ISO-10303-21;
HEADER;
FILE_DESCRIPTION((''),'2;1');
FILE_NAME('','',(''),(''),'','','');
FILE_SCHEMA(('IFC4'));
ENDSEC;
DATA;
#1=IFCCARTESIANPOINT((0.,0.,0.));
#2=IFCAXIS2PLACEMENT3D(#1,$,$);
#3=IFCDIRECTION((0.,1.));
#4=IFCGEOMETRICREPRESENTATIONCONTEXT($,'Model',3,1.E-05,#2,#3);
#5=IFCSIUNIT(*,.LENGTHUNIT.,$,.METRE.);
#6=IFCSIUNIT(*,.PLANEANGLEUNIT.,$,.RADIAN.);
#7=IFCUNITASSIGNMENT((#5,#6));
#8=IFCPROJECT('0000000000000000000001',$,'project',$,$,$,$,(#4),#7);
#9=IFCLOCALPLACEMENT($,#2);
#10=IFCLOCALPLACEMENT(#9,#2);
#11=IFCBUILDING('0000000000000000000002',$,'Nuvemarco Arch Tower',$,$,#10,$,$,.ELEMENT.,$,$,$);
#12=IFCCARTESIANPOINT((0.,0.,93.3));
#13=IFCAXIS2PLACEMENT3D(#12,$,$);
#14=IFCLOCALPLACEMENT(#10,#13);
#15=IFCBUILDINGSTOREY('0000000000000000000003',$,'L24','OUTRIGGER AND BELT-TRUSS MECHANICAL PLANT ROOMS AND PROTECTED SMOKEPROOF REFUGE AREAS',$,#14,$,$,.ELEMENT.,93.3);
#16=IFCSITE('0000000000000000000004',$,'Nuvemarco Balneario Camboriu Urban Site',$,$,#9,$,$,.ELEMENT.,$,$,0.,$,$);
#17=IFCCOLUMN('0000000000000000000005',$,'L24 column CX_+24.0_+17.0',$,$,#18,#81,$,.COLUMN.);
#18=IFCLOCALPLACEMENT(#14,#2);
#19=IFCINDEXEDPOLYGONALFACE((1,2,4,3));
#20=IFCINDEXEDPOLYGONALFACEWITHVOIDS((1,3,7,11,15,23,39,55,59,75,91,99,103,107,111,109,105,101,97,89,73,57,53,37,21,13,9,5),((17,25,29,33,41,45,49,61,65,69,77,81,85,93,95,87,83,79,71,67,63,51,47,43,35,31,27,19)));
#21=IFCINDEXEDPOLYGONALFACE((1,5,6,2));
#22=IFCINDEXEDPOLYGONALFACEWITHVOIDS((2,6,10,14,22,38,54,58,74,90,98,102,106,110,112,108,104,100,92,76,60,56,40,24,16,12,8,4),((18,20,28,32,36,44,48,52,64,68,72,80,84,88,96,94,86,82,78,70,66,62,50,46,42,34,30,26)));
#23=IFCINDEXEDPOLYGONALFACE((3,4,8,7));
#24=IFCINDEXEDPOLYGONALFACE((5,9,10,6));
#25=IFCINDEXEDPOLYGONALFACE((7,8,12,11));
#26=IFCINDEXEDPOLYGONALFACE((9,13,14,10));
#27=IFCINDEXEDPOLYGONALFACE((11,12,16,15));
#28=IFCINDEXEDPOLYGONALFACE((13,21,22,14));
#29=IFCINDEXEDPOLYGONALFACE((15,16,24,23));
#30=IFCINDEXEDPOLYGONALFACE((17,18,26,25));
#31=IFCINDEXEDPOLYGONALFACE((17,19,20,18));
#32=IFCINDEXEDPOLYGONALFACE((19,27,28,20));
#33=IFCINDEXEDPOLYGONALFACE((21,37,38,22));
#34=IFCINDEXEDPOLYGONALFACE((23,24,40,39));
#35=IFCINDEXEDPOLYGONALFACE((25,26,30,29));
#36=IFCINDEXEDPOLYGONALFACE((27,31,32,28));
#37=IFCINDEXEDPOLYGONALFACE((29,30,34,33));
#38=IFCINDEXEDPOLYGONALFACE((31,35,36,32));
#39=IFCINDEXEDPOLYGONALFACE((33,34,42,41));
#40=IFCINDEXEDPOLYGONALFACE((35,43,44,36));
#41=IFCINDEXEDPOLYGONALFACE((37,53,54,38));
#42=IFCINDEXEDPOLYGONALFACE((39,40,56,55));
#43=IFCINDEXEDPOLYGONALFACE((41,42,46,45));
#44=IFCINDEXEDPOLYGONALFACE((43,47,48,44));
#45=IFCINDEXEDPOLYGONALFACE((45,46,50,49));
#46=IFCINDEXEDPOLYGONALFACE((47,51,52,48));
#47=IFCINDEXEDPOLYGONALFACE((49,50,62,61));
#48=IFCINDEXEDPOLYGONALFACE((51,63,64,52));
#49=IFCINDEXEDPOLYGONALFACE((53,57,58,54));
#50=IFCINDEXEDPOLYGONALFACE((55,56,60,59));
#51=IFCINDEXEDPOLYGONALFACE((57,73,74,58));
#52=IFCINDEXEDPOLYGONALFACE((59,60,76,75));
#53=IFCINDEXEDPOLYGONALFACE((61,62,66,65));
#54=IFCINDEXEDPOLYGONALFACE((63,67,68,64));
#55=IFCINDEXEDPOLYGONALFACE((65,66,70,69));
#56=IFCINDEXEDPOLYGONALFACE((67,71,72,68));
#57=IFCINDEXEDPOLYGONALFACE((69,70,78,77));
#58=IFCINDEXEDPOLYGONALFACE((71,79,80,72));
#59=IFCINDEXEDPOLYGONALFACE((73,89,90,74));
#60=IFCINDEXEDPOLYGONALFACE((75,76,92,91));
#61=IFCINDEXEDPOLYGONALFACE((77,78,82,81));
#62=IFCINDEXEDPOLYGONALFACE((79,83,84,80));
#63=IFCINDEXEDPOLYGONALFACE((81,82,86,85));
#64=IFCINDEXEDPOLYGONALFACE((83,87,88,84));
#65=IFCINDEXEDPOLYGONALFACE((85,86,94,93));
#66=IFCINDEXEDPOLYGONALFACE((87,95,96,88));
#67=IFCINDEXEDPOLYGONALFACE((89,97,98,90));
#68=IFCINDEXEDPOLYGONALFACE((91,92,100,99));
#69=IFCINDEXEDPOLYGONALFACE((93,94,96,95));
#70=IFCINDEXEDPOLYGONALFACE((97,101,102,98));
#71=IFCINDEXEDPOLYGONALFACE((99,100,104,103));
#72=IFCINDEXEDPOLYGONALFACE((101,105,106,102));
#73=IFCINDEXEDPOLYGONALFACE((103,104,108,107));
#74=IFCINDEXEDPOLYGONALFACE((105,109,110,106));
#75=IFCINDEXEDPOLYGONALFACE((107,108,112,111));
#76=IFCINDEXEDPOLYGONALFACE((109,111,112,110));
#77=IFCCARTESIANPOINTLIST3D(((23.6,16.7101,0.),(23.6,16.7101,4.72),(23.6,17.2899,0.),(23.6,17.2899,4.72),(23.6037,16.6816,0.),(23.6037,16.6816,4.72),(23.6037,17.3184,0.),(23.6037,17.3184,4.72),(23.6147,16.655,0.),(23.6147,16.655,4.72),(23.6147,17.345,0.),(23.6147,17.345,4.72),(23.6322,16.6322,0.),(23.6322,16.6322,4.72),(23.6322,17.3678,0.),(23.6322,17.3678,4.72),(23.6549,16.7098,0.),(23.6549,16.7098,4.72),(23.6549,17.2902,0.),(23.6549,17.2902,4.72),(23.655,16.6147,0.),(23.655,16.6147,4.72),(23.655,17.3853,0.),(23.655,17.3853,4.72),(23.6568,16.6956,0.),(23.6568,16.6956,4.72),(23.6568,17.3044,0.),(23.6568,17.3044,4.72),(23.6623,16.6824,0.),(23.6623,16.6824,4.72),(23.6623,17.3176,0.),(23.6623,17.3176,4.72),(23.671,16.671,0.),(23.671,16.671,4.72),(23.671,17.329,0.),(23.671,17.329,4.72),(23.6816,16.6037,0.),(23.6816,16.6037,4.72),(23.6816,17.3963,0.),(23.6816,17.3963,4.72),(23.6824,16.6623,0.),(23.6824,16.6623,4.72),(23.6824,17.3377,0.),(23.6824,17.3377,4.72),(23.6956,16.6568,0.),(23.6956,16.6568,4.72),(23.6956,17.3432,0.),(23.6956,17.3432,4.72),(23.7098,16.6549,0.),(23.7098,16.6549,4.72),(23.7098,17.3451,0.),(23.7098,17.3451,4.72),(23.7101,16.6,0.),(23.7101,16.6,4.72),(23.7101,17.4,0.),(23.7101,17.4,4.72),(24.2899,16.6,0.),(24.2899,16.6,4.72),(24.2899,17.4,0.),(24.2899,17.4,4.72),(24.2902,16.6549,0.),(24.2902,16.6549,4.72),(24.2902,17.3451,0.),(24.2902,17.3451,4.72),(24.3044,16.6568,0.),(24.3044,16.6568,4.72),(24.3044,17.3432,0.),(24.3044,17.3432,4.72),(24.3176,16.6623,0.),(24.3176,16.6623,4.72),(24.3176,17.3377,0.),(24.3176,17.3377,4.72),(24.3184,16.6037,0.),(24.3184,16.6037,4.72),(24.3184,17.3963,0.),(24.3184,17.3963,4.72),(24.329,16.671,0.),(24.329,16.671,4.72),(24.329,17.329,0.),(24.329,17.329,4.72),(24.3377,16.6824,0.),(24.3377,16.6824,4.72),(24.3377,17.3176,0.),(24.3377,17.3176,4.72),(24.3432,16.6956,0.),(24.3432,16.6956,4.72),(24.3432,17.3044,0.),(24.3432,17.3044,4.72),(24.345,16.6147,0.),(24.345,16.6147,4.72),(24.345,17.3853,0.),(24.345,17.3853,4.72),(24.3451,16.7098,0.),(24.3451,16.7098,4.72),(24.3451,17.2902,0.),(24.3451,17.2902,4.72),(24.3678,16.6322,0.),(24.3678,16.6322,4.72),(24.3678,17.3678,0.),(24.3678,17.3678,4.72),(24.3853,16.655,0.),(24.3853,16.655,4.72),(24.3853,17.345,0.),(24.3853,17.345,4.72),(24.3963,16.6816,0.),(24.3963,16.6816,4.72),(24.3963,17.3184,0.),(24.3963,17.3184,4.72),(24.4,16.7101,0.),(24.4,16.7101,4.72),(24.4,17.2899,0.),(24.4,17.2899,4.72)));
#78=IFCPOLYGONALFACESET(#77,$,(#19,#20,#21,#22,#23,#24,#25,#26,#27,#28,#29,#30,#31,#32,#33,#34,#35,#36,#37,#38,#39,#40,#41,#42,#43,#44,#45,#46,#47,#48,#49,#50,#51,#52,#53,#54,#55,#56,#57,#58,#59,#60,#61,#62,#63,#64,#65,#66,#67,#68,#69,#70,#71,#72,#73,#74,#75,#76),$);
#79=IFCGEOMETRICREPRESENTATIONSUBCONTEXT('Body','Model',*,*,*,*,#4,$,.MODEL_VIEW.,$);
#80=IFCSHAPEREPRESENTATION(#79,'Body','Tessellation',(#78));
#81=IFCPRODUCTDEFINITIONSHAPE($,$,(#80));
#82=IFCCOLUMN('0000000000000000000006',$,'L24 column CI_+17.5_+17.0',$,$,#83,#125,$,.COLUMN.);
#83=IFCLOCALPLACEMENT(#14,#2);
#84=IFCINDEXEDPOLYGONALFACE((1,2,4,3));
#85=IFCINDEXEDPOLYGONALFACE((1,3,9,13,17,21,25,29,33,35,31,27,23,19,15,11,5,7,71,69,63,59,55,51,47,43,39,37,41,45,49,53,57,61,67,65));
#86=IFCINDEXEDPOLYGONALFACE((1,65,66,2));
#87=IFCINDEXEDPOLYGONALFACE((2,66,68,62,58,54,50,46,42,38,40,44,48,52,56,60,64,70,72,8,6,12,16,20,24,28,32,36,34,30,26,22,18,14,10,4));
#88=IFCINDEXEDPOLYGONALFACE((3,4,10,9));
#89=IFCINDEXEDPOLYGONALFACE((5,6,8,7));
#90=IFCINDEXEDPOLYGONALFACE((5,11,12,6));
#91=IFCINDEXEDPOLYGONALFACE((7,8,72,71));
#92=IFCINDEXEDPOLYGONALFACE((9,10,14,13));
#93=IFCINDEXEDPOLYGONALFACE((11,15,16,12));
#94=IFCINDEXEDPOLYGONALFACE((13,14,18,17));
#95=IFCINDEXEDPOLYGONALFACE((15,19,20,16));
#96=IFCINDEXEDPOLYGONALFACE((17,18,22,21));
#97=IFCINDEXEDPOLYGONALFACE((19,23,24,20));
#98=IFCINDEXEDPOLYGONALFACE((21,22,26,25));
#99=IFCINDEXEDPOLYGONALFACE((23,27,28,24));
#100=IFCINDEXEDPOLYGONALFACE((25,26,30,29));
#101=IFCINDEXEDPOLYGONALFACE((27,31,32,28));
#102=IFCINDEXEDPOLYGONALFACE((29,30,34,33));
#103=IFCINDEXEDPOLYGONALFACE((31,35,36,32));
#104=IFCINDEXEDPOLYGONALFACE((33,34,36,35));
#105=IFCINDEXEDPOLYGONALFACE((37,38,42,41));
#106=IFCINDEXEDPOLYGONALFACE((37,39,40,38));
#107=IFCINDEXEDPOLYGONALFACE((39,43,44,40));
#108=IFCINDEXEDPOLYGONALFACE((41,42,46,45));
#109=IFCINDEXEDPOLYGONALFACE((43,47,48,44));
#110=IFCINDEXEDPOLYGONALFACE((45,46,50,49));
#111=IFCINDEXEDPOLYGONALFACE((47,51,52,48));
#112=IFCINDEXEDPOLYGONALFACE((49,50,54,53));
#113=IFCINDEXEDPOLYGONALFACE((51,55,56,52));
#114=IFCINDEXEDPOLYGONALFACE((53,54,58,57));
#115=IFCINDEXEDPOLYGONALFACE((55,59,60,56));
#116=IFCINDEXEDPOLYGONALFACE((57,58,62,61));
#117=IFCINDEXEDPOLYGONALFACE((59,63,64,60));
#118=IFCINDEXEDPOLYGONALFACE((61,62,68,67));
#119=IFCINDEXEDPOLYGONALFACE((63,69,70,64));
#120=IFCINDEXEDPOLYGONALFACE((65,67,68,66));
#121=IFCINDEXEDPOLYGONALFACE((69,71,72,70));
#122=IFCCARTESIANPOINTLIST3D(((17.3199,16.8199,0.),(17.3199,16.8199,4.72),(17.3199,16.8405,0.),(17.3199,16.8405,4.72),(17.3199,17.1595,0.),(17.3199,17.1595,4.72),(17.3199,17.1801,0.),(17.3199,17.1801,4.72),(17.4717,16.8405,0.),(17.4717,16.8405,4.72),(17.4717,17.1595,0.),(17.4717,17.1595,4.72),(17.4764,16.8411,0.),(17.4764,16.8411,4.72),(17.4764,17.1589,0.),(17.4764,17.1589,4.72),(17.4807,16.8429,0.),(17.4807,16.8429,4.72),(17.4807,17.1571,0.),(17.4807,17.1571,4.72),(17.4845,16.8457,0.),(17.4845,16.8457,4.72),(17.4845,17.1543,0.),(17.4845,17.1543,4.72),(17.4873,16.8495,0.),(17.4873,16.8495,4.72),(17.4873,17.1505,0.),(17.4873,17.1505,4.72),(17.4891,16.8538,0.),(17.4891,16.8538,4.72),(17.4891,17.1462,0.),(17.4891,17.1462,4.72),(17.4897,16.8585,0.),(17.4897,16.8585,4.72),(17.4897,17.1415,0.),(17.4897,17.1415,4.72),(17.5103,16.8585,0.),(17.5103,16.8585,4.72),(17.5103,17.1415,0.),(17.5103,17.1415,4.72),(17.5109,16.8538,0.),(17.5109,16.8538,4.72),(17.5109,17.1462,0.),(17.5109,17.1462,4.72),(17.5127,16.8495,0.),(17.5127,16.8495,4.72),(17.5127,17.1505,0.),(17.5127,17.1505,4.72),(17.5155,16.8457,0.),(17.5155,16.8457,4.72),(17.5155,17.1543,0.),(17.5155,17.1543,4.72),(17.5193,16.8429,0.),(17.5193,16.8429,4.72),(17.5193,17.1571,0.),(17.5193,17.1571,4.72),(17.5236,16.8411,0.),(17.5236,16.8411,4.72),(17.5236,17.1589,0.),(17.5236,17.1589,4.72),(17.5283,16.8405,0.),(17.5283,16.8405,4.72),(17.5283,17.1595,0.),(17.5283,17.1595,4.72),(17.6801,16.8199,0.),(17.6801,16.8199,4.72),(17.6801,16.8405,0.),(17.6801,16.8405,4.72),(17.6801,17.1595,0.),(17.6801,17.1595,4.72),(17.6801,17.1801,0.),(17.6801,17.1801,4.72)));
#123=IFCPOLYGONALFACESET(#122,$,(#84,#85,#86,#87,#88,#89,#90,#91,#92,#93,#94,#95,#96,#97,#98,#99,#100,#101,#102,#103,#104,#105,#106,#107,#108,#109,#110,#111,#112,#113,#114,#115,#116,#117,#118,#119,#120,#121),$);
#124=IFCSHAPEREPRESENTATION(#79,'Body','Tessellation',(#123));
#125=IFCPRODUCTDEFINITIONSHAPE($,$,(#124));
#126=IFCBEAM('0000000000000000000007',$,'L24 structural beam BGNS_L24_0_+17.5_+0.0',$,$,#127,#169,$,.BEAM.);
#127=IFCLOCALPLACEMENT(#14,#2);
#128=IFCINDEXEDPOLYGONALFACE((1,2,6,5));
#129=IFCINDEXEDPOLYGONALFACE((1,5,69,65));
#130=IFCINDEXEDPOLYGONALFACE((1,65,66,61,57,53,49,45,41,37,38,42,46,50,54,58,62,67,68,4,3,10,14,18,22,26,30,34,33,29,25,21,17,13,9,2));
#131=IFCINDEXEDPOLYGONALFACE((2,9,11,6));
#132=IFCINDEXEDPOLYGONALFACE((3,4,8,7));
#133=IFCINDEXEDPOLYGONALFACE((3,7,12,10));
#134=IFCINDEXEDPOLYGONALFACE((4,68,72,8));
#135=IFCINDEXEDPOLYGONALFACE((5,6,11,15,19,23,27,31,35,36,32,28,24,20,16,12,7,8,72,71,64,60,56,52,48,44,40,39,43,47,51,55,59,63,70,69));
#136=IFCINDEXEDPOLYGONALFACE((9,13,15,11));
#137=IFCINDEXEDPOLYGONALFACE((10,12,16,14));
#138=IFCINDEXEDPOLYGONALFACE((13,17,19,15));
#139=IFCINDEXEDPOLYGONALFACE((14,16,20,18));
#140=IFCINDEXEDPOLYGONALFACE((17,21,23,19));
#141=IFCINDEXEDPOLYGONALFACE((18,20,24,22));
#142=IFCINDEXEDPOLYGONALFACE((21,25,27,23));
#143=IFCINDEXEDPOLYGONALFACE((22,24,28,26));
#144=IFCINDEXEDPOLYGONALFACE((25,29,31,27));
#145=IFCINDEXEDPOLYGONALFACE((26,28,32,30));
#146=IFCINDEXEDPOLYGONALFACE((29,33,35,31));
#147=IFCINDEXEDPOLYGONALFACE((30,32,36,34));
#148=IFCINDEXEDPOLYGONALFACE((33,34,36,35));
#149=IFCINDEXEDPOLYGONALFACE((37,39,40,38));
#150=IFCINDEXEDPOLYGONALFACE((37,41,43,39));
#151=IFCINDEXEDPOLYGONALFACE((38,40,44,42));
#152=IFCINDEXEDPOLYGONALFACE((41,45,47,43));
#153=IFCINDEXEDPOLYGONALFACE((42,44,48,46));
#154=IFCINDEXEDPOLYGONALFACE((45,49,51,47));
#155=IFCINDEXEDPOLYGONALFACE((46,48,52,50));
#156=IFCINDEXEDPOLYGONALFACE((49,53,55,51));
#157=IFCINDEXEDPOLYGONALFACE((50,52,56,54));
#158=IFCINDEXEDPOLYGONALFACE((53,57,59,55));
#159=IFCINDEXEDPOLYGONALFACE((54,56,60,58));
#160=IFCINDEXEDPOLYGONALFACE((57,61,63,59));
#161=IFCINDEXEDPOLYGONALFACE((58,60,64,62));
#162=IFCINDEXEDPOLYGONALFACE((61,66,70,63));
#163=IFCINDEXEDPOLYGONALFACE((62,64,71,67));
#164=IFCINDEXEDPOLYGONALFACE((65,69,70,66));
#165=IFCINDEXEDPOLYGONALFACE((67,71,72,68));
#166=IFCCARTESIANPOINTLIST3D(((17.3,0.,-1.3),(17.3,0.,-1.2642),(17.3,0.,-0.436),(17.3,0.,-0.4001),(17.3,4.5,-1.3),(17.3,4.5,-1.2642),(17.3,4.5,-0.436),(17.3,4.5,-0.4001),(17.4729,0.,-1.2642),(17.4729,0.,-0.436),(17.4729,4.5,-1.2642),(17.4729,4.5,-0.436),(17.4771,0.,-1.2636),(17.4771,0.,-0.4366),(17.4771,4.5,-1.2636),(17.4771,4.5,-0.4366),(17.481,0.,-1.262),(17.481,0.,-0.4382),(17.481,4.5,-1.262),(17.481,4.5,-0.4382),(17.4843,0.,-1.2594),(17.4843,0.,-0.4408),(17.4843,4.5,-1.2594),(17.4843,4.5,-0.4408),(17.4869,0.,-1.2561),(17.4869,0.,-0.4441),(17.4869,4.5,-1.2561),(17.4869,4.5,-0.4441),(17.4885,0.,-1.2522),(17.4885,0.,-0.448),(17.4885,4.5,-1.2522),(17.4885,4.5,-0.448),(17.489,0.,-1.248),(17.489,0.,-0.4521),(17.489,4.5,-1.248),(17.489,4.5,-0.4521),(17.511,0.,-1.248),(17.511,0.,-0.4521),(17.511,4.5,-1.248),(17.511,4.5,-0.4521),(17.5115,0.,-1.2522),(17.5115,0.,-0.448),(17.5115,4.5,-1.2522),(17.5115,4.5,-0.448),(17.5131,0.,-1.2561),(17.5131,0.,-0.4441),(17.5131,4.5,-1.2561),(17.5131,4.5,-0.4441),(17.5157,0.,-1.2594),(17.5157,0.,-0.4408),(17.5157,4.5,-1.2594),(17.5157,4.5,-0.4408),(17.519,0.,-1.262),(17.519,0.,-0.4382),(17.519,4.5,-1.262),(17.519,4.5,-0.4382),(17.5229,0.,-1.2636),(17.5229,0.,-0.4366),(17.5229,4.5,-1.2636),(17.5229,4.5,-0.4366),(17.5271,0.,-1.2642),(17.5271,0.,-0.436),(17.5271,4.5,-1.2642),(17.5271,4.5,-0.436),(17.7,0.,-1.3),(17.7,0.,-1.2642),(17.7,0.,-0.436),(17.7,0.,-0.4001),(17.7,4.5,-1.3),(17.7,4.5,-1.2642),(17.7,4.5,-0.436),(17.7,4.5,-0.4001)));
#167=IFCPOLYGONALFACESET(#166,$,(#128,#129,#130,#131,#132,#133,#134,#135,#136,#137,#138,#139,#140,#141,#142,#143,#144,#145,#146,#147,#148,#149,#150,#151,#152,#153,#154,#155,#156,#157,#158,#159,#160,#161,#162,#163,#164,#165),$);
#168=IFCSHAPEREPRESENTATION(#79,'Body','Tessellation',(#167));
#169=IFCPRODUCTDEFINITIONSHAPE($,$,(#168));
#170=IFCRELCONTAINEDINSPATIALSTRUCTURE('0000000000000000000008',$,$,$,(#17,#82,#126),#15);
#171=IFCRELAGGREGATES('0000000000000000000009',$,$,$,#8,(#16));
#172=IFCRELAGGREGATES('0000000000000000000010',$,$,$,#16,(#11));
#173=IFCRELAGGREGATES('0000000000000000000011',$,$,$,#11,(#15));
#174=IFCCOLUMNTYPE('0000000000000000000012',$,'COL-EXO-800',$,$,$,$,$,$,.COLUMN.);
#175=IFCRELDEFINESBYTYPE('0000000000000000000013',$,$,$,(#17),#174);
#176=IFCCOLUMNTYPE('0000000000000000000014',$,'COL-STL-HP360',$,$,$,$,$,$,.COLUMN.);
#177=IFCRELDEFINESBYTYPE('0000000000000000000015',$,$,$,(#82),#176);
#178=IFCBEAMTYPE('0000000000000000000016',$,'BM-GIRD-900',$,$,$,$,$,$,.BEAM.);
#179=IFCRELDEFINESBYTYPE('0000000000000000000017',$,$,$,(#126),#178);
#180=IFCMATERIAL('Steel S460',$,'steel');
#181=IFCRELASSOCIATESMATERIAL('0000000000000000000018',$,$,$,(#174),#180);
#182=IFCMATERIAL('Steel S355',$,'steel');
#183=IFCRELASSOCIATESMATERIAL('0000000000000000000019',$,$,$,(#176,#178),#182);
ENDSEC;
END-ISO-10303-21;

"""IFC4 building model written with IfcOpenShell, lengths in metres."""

from ifc_helpers import new_model, si_unit, direction, frame, origin, origin_2d, place, context, subcontext, project, spatial, hollow_rectangle, i_section, extrude, material, material_profile, profile_set, type_object, element, save


model = new_model("IFC4")

# Units and contexts
model_context = context("Model", 3, precision=1e-05, world=origin(), true_north=direction((0.0, 1.0)))
body_context = subcontext(model_context, "Body", "Model", "MODEL_VIEW")
ifc_project = project(units=[si_unit("LENGTHUNIT", "METRE"), si_unit("PLANEANGLEUNIT", "RADIAN")], contexts=[model_context])

# Site, building, storey
site_placement = place(None, origin())
site = spatial("IfcSite", under=ifc_project, at=site_placement, Name="Nuvemarco Balneario Camboriu Urban Site", CompositionType="ELEMENT", RefElevation=0.0)
building_placement = place(site_placement, origin())
building = spatial("IfcBuilding", under=site, at=building_placement, Name="Nuvemarco Arch Tower", CompositionType="ELEMENT")
storey_placement = place(building_placement, frame((0.0, 0.0, 93.3)))
storey = spatial("IfcBuildingStorey", under=building, at=storey_placement, Name="L24", Description="OUTRIGGER AND BELT-TRUSS MECHANICAL PLANT ROOMS AND PROTECTED SMOKEPROOF REFUGE AREAS", CompositionType="ELEMENT", Elevation=93.3)

# Columns
ifc_material_1 = material(Name="Steel S460", Category="steel")
ifc_material_profile_1 = material_profile(ifc_material_1, hollow_rectangle(XDim=0.8, YDim=0.8, WallThickness=0.0549, InnerFilletRadius=0.0549, OuterFilletRadius=0.1101, at=origin_2d()), Name="SHS800x800x55")
ifc_profile_set_1 = profile_set([ifc_material_profile_1], Name="Steel S460")
column_type_1 = type_object("IfcColumnType", Name="COL-EXO-800", PredefinedType="COLUMN", material=ifc_profile_set_1)
for number, where, z_axis, x_axis, name in (
    (1, (24.0, 17.0, 0.0), (0.0, 0.0, 1.0), (1.0, 0.0, 0.0), "L24 column CX_+24.0_+17.0"),
):
    element("IfcColumn", number, at=place(storey_placement, frame(where, z_axis=z_axis, x_axis=x_axis)), inside=storey, type_object=column_type_1, Name=name, PredefinedType="COLUMN", context=body_context, shape_type="SweptSolid", body=[
        extrude(hollow_rectangle(XDim=0.8, YDim=0.8, WallThickness=0.0549, InnerFilletRadius=0.0549, OuterFilletRadius=0.1101, at=origin_2d()), origin(), (0.0, 0.0, 1.0), 4.72),
    ])
ifc_material_2 = material(Name="Steel S355", Category="steel")
ifc_material_profile_2 = material_profile(ifc_material_2, i_section(OverallWidth=0.3601, OverallDepth=0.3601, WebThickness=0.0205, FlangeThickness=0.0205, FilletRadius=0.0181, at=origin_2d()), Name="HP360x174")
ifc_profile_set_2 = profile_set([ifc_material_profile_2], Name="Steel S355")
column_type_2 = type_object("IfcColumnType", Name="COL-STL-HP360", PredefinedType="COLUMN", material=ifc_profile_set_2)
column_placement = place(storey_placement, frame((17.5, 17.0, 0.0), z_axis=(0.0, 0.0, 1.0), x_axis=(1.0, 0.0, 0.0)))
element("IfcColumn", 2, at=column_placement, inside=storey, type_object=column_type_2, Name="L24 column CI_+17.5_+17.0", PredefinedType="COLUMN", context=body_context, shape_type="SweptSolid", body=[
    extrude(i_section(OverallWidth=0.3601, OverallDepth=0.3601, WebThickness=0.0205, FlangeThickness=0.0205, FilletRadius=0.0181, at=origin_2d()), origin(), (0.0, 0.0, 1.0), 4.72),
])

# Beam
ifc_material_profile_3 = material_profile(ifc_material_2, i_section(OverallWidth=0.3999, OverallDepth=0.8999, WebThickness=0.022, FlangeThickness=0.0359, FilletRadius=0.0161, at=origin_2d()), Name="PG900x400")
ifc_profile_set_3 = profile_set([ifc_material_profile_3], Name="Steel S355")
beam_type_1 = type_object("IfcBeamType", Name="BM-GIRD-900", PredefinedType="BEAM", material=ifc_profile_set_3)
beam_1_placement = place(storey_placement, frame((17.5, 0.0, -0.8501), z_axis=(0.0, 1.0, 0.0), x_axis=(-1.0, 0.0, 0.0)))
element("IfcBeam", 3, at=beam_1_placement, inside=storey, type_object=beam_type_1, Name="L24 structural beam BGNS_L24_0_+17.5_+0.0", PredefinedType="BEAM", context=body_context, shape_type="SweptSolid", body=[
    extrude(i_section(OverallWidth=0.3999, OverallDepth=0.8999, WebThickness=0.022, FlangeThickness=0.0359, FilletRadius=0.0161, at=origin_2d()), origin(), (0.0, 0.0, 1.0), 4.5),
])

save(model, "model.ifc")
